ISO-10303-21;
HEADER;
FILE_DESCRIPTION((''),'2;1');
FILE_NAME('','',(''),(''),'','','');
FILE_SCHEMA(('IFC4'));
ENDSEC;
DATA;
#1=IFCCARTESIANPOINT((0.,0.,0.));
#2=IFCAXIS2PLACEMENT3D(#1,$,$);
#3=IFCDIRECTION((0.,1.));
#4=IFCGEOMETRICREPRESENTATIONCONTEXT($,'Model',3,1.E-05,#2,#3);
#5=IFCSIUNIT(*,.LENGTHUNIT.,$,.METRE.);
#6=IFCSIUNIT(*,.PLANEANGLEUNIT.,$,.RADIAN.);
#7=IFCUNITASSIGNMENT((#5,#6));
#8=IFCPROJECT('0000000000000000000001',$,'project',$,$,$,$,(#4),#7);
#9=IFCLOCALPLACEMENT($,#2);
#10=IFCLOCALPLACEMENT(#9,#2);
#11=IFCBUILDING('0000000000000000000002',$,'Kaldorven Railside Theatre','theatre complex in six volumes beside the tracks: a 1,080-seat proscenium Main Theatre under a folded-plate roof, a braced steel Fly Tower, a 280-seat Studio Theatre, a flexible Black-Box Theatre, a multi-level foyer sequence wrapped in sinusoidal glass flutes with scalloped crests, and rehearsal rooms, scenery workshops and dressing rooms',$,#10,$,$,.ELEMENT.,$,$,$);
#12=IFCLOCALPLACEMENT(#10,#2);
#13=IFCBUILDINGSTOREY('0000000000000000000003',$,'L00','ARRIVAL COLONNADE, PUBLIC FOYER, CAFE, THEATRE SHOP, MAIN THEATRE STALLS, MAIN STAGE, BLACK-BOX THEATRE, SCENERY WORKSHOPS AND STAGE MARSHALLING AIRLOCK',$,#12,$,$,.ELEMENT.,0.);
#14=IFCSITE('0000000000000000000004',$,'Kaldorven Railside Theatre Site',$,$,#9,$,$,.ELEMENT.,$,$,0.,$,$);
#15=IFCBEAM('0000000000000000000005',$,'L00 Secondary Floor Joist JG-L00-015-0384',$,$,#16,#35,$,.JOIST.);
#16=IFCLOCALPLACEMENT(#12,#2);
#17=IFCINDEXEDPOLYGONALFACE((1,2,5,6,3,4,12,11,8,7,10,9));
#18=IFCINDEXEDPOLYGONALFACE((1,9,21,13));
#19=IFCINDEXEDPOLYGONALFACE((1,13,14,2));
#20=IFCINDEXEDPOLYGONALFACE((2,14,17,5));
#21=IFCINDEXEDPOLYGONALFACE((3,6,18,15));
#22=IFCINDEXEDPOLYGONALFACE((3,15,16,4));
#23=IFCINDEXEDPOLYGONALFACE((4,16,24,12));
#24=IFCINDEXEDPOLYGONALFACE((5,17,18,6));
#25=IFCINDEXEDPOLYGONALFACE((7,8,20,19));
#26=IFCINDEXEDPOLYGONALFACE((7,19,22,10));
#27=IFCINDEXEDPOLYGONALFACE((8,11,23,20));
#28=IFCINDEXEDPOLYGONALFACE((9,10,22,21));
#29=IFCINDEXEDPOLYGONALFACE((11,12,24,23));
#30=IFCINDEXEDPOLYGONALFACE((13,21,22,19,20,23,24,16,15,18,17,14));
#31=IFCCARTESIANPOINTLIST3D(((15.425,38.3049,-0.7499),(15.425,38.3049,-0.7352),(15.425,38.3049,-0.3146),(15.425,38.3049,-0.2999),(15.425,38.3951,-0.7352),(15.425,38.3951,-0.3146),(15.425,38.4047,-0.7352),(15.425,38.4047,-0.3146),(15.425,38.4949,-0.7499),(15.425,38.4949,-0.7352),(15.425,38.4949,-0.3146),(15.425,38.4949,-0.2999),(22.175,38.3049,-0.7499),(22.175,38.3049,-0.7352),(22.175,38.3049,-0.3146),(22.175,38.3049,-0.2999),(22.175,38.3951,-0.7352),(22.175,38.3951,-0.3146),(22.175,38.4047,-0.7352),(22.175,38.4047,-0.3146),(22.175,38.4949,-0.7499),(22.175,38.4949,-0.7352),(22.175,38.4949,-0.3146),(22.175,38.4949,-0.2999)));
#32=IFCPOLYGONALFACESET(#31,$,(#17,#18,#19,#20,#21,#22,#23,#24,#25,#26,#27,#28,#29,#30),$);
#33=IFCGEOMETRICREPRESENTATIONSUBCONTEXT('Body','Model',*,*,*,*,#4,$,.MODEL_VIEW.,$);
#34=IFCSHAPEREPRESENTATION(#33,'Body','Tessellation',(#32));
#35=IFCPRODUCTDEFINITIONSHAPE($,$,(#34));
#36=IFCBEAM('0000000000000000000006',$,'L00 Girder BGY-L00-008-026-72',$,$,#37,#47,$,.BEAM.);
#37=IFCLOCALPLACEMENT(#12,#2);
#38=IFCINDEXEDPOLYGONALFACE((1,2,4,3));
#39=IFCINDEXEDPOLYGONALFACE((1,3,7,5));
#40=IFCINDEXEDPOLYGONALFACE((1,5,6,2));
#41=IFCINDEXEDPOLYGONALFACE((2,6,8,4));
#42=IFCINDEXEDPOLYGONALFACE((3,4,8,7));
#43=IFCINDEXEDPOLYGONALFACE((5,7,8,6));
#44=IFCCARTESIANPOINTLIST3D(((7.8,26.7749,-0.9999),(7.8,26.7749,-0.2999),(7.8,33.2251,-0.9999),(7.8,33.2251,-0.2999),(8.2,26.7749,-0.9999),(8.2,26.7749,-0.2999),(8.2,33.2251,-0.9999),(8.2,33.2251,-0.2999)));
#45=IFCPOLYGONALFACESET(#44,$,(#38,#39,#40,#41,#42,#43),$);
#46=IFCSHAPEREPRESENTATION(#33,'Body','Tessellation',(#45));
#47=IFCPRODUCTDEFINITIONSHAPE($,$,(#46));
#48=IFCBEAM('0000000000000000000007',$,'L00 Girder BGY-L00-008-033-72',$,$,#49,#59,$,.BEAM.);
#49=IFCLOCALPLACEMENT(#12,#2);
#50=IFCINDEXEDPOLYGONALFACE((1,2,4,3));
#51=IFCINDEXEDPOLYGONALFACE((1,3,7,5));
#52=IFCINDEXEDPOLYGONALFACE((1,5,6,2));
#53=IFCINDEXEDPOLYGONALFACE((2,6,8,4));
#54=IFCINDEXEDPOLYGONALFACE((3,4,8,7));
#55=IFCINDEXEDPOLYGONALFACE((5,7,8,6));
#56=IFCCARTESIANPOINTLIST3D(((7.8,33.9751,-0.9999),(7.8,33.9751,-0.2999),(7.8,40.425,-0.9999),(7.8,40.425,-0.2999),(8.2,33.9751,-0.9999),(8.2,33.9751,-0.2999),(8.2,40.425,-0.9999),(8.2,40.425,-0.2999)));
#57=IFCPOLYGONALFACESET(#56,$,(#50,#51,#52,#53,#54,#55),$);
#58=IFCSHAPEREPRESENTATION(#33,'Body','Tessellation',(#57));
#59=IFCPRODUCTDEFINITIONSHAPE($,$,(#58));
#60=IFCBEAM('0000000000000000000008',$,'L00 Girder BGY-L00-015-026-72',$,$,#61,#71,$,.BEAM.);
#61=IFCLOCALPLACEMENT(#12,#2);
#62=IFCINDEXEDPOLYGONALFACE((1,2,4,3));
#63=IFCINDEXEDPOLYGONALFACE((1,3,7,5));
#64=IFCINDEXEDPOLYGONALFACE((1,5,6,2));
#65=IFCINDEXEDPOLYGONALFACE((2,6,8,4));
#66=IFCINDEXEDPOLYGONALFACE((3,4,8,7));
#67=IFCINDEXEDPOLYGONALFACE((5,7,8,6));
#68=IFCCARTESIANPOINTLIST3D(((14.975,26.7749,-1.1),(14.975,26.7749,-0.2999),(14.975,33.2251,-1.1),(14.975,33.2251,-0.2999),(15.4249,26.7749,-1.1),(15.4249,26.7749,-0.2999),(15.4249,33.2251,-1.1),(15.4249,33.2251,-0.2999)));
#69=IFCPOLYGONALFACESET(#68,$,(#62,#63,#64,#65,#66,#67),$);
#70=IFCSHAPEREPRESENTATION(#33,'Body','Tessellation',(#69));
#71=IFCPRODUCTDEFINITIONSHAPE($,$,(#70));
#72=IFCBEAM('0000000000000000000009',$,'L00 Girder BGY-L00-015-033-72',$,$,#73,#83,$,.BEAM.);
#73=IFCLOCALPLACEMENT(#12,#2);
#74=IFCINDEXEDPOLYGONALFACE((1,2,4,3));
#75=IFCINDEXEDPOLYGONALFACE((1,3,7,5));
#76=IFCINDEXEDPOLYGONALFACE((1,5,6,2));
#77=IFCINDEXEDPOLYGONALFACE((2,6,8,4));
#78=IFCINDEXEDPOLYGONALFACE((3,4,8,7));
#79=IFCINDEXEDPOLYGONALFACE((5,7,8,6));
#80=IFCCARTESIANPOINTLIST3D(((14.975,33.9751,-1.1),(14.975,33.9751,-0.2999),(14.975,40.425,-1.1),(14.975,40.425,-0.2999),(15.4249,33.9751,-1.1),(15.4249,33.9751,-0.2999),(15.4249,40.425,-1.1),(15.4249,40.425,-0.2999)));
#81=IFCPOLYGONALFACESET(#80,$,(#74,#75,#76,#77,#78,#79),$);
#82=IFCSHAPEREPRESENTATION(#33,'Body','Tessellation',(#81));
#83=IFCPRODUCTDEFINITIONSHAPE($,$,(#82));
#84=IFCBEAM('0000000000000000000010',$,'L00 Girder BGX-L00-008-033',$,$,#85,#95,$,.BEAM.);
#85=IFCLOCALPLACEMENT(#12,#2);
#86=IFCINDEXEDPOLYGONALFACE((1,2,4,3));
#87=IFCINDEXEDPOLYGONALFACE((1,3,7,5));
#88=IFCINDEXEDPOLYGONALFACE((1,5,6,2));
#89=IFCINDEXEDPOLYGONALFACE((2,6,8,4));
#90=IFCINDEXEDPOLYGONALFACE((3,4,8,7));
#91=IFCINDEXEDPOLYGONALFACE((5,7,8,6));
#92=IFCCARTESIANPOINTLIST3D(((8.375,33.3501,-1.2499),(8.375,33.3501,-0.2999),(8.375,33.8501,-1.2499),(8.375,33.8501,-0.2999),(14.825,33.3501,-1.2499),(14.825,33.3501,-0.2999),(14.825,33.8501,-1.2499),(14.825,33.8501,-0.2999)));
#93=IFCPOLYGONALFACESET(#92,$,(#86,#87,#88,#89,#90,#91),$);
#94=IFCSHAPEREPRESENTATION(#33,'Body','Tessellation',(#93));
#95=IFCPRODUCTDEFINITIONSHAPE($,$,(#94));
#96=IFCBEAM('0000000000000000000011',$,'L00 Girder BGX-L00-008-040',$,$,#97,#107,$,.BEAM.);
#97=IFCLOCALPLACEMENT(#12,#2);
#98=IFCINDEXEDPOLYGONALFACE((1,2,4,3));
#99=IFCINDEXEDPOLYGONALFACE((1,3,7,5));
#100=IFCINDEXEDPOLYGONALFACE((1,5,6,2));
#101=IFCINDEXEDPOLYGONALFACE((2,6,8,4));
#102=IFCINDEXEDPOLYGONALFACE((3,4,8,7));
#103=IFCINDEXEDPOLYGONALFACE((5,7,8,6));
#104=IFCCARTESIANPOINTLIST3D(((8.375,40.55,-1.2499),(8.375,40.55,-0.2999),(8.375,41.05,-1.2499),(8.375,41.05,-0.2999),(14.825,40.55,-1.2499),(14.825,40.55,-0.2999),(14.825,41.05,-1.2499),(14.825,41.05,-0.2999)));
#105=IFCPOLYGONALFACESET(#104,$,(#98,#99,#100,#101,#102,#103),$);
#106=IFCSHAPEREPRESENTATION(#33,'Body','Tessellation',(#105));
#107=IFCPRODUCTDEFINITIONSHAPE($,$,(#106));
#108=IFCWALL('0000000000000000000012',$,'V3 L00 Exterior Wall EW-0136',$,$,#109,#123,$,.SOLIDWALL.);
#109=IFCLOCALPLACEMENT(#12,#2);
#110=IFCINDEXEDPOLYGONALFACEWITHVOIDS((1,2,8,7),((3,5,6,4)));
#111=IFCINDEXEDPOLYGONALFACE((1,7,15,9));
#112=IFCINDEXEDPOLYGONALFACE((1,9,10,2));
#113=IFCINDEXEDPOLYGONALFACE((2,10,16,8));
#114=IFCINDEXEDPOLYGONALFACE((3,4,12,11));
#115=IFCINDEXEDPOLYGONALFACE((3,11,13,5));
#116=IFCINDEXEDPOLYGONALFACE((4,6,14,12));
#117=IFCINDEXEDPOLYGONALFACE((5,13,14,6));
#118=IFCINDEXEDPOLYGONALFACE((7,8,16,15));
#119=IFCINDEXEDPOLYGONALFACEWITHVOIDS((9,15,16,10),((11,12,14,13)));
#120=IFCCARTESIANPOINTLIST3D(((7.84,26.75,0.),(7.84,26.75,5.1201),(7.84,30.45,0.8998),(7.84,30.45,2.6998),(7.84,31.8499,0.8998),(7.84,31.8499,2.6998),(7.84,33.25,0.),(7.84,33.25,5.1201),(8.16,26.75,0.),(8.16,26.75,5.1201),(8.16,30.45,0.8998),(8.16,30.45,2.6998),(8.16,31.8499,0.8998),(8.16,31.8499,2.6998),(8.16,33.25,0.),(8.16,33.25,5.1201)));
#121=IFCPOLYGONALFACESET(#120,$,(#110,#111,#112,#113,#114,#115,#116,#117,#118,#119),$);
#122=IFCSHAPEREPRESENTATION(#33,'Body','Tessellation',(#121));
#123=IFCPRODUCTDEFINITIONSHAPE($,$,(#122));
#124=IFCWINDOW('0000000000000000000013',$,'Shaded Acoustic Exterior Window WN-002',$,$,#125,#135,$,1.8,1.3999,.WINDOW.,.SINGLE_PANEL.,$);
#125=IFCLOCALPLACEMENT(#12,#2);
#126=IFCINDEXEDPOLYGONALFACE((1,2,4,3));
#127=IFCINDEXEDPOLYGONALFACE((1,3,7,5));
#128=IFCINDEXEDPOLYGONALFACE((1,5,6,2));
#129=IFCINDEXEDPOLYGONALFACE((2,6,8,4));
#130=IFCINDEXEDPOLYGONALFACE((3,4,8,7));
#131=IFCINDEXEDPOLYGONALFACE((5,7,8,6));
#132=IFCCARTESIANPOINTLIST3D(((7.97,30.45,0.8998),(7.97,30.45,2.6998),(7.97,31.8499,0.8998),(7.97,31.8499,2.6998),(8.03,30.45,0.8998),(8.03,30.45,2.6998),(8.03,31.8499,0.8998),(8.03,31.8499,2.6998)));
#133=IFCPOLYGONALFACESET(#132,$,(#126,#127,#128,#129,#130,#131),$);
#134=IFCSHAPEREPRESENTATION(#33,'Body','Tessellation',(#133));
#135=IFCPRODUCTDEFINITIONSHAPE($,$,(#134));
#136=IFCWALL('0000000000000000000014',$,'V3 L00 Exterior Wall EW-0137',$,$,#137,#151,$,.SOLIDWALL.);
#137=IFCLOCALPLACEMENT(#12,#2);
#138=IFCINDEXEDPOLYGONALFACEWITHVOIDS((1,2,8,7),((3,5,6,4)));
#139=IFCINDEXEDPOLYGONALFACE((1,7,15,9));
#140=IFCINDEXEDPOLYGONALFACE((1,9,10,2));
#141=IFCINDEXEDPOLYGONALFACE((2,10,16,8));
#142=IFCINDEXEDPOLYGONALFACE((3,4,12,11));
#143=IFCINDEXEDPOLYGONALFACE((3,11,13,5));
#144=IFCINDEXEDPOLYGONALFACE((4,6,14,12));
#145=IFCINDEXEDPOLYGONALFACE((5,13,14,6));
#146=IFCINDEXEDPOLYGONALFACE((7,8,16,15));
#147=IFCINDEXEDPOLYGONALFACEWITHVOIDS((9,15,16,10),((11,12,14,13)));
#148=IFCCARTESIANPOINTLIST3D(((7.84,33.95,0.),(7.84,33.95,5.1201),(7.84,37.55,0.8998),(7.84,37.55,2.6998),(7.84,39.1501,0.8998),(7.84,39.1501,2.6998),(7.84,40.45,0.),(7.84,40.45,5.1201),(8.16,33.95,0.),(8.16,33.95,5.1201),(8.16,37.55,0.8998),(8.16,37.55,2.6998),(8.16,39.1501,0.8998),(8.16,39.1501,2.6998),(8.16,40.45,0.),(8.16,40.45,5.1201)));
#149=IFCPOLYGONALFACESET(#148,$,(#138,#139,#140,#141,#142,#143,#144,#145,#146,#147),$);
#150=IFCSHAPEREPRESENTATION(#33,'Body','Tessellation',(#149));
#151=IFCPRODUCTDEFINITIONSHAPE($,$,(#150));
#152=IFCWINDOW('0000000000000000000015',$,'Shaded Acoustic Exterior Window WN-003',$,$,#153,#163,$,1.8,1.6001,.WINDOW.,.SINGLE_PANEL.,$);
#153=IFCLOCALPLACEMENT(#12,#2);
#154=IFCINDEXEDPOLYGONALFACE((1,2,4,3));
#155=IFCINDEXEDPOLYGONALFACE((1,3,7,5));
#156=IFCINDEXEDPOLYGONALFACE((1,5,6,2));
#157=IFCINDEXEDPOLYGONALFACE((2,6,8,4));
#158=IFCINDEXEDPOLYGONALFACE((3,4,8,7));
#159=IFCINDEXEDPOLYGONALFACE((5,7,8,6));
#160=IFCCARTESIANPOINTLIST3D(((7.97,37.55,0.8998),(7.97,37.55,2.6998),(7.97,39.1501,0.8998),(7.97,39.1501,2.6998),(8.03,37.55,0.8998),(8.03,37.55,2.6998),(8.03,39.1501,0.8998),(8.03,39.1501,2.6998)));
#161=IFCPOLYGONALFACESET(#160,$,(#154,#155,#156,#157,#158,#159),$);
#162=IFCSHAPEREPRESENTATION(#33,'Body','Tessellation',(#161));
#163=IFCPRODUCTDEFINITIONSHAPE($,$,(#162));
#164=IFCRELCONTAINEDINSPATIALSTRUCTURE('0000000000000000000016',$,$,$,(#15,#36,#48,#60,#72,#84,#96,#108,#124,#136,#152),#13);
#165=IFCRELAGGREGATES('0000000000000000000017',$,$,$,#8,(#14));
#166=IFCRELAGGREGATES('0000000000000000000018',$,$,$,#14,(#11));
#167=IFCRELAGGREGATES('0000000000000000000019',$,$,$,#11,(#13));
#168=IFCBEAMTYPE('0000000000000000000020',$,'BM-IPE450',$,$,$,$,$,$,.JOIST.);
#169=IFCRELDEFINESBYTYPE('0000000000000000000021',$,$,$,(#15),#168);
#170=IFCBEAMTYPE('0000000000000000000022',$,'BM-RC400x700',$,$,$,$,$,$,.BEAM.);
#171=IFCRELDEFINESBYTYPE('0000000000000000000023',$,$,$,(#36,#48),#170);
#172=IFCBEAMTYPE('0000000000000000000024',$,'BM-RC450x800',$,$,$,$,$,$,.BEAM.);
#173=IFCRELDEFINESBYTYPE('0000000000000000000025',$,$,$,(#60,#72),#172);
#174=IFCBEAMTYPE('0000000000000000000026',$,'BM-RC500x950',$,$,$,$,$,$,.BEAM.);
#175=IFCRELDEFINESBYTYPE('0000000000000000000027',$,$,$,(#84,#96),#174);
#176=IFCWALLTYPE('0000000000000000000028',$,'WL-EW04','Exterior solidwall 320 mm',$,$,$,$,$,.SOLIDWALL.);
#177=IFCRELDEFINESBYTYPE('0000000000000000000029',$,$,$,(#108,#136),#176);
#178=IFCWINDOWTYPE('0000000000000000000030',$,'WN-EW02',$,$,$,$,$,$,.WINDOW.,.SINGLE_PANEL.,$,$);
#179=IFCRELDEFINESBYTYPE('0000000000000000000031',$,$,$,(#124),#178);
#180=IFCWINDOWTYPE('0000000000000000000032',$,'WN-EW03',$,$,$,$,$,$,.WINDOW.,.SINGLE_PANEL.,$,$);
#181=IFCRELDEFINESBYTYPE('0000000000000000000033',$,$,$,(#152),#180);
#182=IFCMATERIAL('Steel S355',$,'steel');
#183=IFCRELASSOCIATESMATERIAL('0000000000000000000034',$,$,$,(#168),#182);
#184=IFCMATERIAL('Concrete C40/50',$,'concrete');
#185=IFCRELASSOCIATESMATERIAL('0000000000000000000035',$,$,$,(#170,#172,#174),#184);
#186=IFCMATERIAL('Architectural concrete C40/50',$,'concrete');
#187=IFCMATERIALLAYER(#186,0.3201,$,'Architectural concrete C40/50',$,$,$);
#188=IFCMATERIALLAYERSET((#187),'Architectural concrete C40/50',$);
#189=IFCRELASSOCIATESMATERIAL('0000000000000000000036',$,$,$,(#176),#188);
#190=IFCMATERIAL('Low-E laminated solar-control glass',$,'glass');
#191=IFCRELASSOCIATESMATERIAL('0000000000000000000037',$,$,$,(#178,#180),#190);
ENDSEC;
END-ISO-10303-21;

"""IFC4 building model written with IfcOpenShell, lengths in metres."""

from ifc_helpers import new_model, si_unit, direction, frame, frame_2d, origin, origin_2d, place, context, subcontext, project, spatial, rectangle, i_section, extrude, material, layer, layer_set, material_profile, profile_set, type_object, element, fill, save


model = new_model("IFC4")

# Units and contexts
model_context = context("Model", 3, precision=1e-05, world=origin(), true_north=direction((0.0, 1.0)))
body_context = subcontext(model_context, "Body", "Model", "MODEL_VIEW")
ifc_project = project(units=[si_unit("LENGTHUNIT", "METRE"), si_unit("PLANEANGLEUNIT", "RADIAN")], contexts=[model_context])

# Site, building, storey
site_placement = place(None, origin())
site = spatial("IfcSite", under=ifc_project, at=site_placement, Name="Kaldorven Railside Theatre Site", CompositionType="ELEMENT", RefElevation=0.0)
building_placement = place(site_placement, origin())
building = spatial("IfcBuilding", under=site, at=building_placement, Name="Kaldorven Railside Theatre", Description="theatre complex in six volumes beside the tracks: a 1,080-seat proscenium Main Theatre under a folded-plate roof, a braced steel Fly Tower, a 280-seat Studio Theatre, a flexible Black-Box Theatre, a multi-level foyer sequence wrapped in sinusoidal glass flutes with scalloped crests, and rehearsal rooms, scenery workshops and dressing rooms", CompositionType="ELEMENT")
storey_placement = place(building_placement, origin())
storey = spatial("IfcBuildingStorey", under=building, at=storey_placement, Name="L00", Description="ARRIVAL COLONNADE, PUBLIC FOYER, CAFE, THEATRE SHOP, MAIN THEATRE STALLS, MAIN STAGE, BLACK-BOX THEATRE, SCENERY WORKSHOPS AND STAGE MARSHALLING AIRLOCK", CompositionType="ELEMENT", Elevation=0.0)

# Shared definitions
ifc_material_1 = material(Name="Concrete C40/50", Category="concrete")

# Beams
ifc_material_2 = material(Name="Steel S355", Category="steel")
ifc_material_profile_1 = material_profile(ifc_material_2, i_section(OverallWidth=0.1899, OverallDepth=0.45, WebThickness=0.0095, FlangeThickness=0.0146, at=origin_2d()), Name="IPE 450")
ifc_profile_set_1 = profile_set([ifc_material_profile_1], Name="Steel S355")
beam_type_1 = type_object("IfcBeamType", Name="BM-IPE450", PredefinedType="JOIST", material=ifc_profile_set_1)
for number, where, z_axis, x_axis, name in (
    (1, (15.425, 38.3999, -0.5249), (1.0, 0.0, 0.0), (0.0, 1.0, 0.0), "L00 Secondary Floor Joist JG-L00-015-0384"),
):
    element("IfcBeam", number, at=place(storey_placement, frame(where, z_axis=z_axis, x_axis=x_axis)), inside=storey, type_object=beam_type_1, Name=name, PredefinedType="JOIST", context=body_context, shape_type="SweptSolid", body=[
        extrude(i_section(OverallWidth=0.1899, OverallDepth=0.45, WebThickness=0.0095, FlangeThickness=0.0146, at=origin_2d()), origin(), (0.0, 0.0, 1.0), 6.75),
    ])
ifc_material_profile_2 = material_profile(ifc_material_1, rectangle(XDim=0.3999, YDim=0.7, at=origin_2d()), Name="RC 400x700")
ifc_profile_set_2 = profile_set([ifc_material_profile_2], Name="Concrete C40/50")
beam_type_2 = type_object("IfcBeamType", Name="BM-RC400x700", PredefinedType="BEAM", material=ifc_profile_set_2)
beam_1_placement = place(storey_placement, frame((8.0, 26.7749, -0.6499), z_axis=(0.0, 1.0, 0.0), x_axis=(-1.0, 0.0, 0.0)))
element("IfcBeam", 2, at=beam_1_placement, inside=storey, type_object=beam_type_2, Name="L00 Girder BGY-L00-008-026-72", PredefinedType="BEAM", context=body_context, shape_type="SweptSolid", body=[
    extrude(rectangle(XDim=0.3999, YDim=0.7, at=origin_2d()), origin(), (0.0, 0.0, 1.0), 6.4502),
])
beam_2_placement = place(storey_placement, frame((8.0, 33.9751, -0.6499), z_axis=(0.0, 1.0, 0.0), x_axis=(-1.0, 0.0, 0.0)))
element("IfcBeam", 3, at=beam_2_placement, inside=storey, type_object=beam_type_2, Name="L00 Girder BGY-L00-008-033-72", PredefinedType="BEAM", context=body_context, shape_type="SweptSolid", body=[
    extrude(rectangle(XDim=0.3999, YDim=0.7, at=origin_2d()), origin(), (0.0, 0.0, 1.0), 6.45),
])
ifc_material_profile_3 = material_profile(ifc_material_1, rectangle(XDim=0.45, YDim=0.8, at=origin_2d()), Name="RC 450x800")
ifc_profile_set_3 = profile_set([ifc_material_profile_3], Name="Concrete C40/50")
beam_type_3 = type_object("IfcBeamType", Name="BM-RC450x800", PredefinedType="BEAM", material=ifc_profile_set_3)
beam_3_placement = place(storey_placement, frame((15.2, 26.7749, -0.7), z_axis=(0.0, 1.0, 0.0), x_axis=(-1.0, 0.0, 0.0)))
element("IfcBeam", 4, at=beam_3_placement, inside=storey, type_object=beam_type_3, Name="L00 Girder BGY-L00-015-026-72", PredefinedType="BEAM", context=body_context, shape_type="SweptSolid", body=[
    extrude(rectangle(XDim=0.45, YDim=0.8, at=origin_2d()), origin(), (0.0, 0.0, 1.0), 6.4502),
])
beam_4_placement = place(storey_placement, frame((15.2, 33.9751, -0.7), z_axis=(0.0, 1.0, 0.0), x_axis=(-1.0, 0.0, 0.0)))
element("IfcBeam", 5, at=beam_4_placement, inside=storey, type_object=beam_type_3, Name="L00 Girder BGY-L00-015-033-72", PredefinedType="BEAM", context=body_context, shape_type="SweptSolid", body=[
    extrude(rectangle(XDim=0.45, YDim=0.8, at=origin_2d()), origin(), (0.0, 0.0, 1.0), 6.45),
])
ifc_material_profile_4 = material_profile(ifc_material_1, rectangle(XDim=0.5, YDim=0.95, at=origin_2d()), Name="RC 500x950")
ifc_profile_set_4 = profile_set([ifc_material_profile_4], Name="Concrete C40/50")
beam_type_4 = type_object("IfcBeamType", Name="BM-RC500x950", PredefinedType="BEAM", material=ifc_profile_set_4)
for number, where, z_axis, x_axis, name in (
    (6, (8.375, 33.6001, -0.7749), (1.0, 0.0, 0.0), (0.0, 1.0, 0.0), "L00 Girder BGX-L00-008-033"),
    (7, (8.375, 40.8, -0.7749), (1.0, 0.0, 0.0), (0.0, 1.0, 0.0), "L00 Girder BGX-L00-008-040"),
):
    element("IfcBeam", number, at=place(storey_placement, frame(where, z_axis=z_axis, x_axis=x_axis)), inside=storey, type_object=beam_type_4, Name=name, PredefinedType="BEAM", context=body_context, shape_type="SweptSolid", body=[
        extrude(rectangle(XDim=0.5, YDim=0.95, at=origin_2d()), origin(), (0.0, 0.0, 1.0), 6.45),
    ])

# Walls, openings, windows
ifc_material_3 = material(Name="Architectural concrete C40/50", Category="concrete")
ifc_layer_1 = layer(ifc_material_3, 0.3201, Name="Architectural concrete C40/50")
ifc_layer_set_1 = layer_set([ifc_layer_1], Name="Architectural concrete C40/50")
wall_type_1 = type_object("IfcWallType", Name="WL-EW04", Description="Exterior solidwall 320 mm", PredefinedType="SOLIDWALL", material=ifc_layer_set_1)
wall_1_placement = place(storey_placement, frame((8.0, 26.75, 0.0), z_axis=(0.0, 0.0, 1.0), x_axis=(0.0, 1.0, 0.0)))
wall_1 = element("IfcWall", 8, at=wall_1_placement, inside=storey, type_object=wall_type_1, Name="V3 L00 Exterior Wall EW-0136", PredefinedType="SOLIDWALL", context=body_context, shape_type="SweptSolid", body=[
    extrude(rectangle(XDim=6.5, YDim=0.3201, at=frame_2d((3.25, 0.0))), origin(), (0.0, 0.0, 1.0), 5.1201),
])
opening_1_placement = place(wall_1_placement, frame((3.7, 0.0, 0.8999)))
opening_1 = element("IfcOpeningElement", 9, at=opening_1_placement, cuts=wall_1, PredefinedType="OPENING", context=body_context, shape_type="SweptSolid", body=[
    extrude(rectangle(XDim=1.3999, YDim=1.8, at=frame_2d((0.7, 0.8999))), frame((0.0, 0.1699, 0.0), z_axis=(0.0, -1.0, 0.0), x_axis=(1.0, 0.0, 0.0)), (0.0, 0.0, 1.0), 0.3401),
])
ifc_material_4 = material(Name="Low-E laminated solar-control glass", Category="glass")
window_type_1 = type_object("IfcWindowType", Name="WN-EW02", PartitioningType="SINGLE_PANEL", PredefinedType="WINDOW", material=ifc_material_4)
window_1_placement = place(opening_1_placement, origin())
window_1 = element("IfcWindow", 10, at=window_1_placement, inside=storey, type_object=window_type_1, Name="Shaded Acoustic Exterior Window WN-002", OverallHeight=1.8, OverallWidth=1.3999, PartitioningType="SINGLE_PANEL", PredefinedType="WINDOW", context=body_context, shape_type="SweptSolid", body=[
    extrude(rectangle(XDim=1.3999, YDim=1.8, at=frame_2d((0.7, 0.8999))), frame((0.0, 0.03, 0.0), z_axis=(0.0, -1.0, 0.0), x_axis=(1.0, 0.0, 0.0)), (0.0, 0.0, 1.0), 0.0601),
])
fill(opening_1, window_1)
wall_2_placement = place(storey_placement, frame((8.0, 33.95, 0.0), z_axis=(0.0, 0.0, 1.0), x_axis=(0.0, 1.0, 0.0)))
wall_2 = element("IfcWall", 11, at=wall_2_placement, inside=storey, type_object=wall_type_1, Name="V3 L00 Exterior Wall EW-0137", PredefinedType="SOLIDWALL", context=body_context, shape_type="SweptSolid", body=[
    extrude(rectangle(XDim=6.5, YDim=0.3201, at=frame_2d((3.25, 0.0))), origin(), (0.0, 0.0, 1.0), 5.1201),
])
opening_2_placement = place(wall_2_placement, frame((3.6001, 0.0, 0.8999)))
opening_2 = element("IfcOpeningElement", 12, at=opening_2_placement, cuts=wall_2, PredefinedType="OPENING", context=body_context, shape_type="SweptSolid", body=[
    extrude(rectangle(XDim=1.6001, YDim=1.8, at=frame_2d((0.8, 0.8999))), frame((0.0, 0.1699, 0.0), z_axis=(0.0, -1.0, 0.0), x_axis=(1.0, 0.0, 0.0)), (0.0, 0.0, 1.0), 0.3401),
])
window_type_2 = type_object("IfcWindowType", Name="WN-EW03", PartitioningType="SINGLE_PANEL", PredefinedType="WINDOW", material=ifc_material_4)
window_2_placement = place(opening_2_placement, origin())
window_2 = element("IfcWindow", 13, at=window_2_placement, inside=storey, type_object=window_type_2, Name="Shaded Acoustic Exterior Window WN-003", OverallHeight=1.8, OverallWidth=1.6001, PartitioningType="SINGLE_PANEL", PredefinedType="WINDOW", context=body_context, shape_type="SweptSolid", body=[
    extrude(rectangle(XDim=1.6001, YDim=1.8, at=frame_2d((0.8, 0.8999))), frame((0.0, 0.03, 0.0), z_axis=(0.0, -1.0, 0.0), x_axis=(1.0, 0.0, 0.0)), (0.0, 0.0, 1.0), 0.0601),
])
fill(opening_2, window_2)

save(model, "model.ifc")
